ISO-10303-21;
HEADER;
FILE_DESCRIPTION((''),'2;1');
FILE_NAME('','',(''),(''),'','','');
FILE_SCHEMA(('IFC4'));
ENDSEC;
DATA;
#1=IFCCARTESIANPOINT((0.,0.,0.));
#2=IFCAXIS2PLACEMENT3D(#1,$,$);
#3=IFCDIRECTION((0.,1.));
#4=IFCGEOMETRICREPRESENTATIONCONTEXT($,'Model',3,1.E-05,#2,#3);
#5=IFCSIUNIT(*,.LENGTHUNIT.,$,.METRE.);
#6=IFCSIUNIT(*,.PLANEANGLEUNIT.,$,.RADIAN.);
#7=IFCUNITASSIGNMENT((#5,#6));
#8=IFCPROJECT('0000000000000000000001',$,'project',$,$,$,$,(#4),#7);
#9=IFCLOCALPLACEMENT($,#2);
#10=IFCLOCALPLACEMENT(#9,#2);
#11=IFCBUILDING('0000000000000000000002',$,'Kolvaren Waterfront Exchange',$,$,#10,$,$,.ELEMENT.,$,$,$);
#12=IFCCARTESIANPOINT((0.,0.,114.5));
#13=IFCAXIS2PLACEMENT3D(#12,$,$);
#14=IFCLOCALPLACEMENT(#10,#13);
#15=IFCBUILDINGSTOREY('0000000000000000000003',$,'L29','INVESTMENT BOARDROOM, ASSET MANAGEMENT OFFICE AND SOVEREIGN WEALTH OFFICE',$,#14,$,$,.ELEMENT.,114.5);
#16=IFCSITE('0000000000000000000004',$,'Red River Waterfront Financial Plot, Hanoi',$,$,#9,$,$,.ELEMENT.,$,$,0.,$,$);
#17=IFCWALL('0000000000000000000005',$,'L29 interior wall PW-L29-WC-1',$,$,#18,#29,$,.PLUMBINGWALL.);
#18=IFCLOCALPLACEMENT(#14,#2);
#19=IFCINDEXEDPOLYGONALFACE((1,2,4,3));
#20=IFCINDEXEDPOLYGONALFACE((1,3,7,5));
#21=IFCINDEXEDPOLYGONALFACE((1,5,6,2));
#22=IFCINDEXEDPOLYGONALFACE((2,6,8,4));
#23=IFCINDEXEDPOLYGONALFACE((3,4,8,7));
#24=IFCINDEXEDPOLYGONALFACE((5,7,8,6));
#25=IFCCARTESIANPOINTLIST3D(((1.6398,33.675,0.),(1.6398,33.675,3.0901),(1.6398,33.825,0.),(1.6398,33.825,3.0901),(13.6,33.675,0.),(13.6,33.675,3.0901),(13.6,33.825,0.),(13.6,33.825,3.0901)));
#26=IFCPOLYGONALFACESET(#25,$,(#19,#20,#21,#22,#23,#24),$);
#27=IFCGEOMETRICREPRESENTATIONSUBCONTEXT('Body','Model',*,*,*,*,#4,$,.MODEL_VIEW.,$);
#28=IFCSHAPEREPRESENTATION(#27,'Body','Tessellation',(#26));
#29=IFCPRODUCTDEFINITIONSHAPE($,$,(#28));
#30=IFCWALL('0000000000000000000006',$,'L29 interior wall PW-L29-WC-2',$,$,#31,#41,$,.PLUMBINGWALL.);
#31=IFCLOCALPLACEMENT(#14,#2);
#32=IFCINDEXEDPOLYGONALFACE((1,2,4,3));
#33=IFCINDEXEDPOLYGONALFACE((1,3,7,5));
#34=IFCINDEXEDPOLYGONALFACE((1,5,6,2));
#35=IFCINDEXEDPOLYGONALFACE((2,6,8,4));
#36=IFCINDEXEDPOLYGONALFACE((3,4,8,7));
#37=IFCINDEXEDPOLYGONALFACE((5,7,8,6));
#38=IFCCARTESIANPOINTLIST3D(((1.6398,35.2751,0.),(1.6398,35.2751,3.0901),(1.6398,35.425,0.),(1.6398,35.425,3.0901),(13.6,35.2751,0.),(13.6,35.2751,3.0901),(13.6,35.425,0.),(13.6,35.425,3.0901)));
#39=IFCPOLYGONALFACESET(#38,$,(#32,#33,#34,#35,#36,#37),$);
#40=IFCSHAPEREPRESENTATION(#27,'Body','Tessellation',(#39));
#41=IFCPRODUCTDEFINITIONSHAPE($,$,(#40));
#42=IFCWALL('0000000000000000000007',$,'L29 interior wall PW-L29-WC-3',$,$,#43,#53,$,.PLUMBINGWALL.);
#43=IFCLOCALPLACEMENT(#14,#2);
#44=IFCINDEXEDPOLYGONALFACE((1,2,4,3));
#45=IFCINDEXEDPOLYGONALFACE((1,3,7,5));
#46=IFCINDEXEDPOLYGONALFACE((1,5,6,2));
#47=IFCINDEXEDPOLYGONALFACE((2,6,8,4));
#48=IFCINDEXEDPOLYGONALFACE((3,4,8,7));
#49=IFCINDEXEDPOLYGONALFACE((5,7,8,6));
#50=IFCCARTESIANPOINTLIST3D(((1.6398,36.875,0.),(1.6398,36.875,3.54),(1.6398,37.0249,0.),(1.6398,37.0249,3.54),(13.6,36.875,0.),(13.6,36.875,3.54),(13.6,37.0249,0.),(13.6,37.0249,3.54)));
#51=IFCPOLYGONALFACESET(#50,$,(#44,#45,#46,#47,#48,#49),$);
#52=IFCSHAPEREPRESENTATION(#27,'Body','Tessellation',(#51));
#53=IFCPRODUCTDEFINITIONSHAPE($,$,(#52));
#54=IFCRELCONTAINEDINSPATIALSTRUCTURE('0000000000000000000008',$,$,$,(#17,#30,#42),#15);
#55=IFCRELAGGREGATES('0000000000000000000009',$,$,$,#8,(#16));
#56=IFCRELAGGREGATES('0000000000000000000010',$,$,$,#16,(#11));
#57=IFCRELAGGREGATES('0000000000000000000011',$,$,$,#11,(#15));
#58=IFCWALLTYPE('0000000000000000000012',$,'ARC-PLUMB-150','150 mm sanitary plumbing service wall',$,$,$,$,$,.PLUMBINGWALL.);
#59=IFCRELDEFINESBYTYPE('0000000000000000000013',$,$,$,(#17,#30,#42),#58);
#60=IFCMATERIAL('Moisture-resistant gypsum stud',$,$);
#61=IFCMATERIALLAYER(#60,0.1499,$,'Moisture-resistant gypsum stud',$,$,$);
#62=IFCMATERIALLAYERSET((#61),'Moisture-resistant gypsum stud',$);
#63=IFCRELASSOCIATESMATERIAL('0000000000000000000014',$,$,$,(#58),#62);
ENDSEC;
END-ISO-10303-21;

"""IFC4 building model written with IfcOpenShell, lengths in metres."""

from ifc_helpers import new_model, si_unit, direction, frame, frame_2d, origin, place, context, subcontext, project, spatial, rectangle, extrude, material, layer, layer_set, type_object, element, save


model = new_model("IFC4")

# Units and contexts
model_context = context("Model", 3, precision=1e-05, world=origin(), true_north=direction((0.0, 1.0)))
body_context = subcontext(model_context, "Body", "Model", "MODEL_VIEW")
ifc_project = project(units=[si_unit("LENGTHUNIT", "METRE"), si_unit("PLANEANGLEUNIT", "RADIAN")], contexts=[model_context])

# Site, building, storey
site_placement = place(None, origin())
site = spatial("IfcSite", under=ifc_project, at=site_placement, Name="Red River Waterfront Financial Plot, Hanoi", CompositionType="ELEMENT", RefElevation=0.0)
building_placement = place(site_placement, origin())
building = spatial("IfcBuilding", under=site, at=building_placement, Name="Kolvaren Waterfront Exchange", CompositionType="ELEMENT")
storey_placement = place(building_placement, frame((0.0, 0.0, 114.5)))
storey = spatial("IfcBuildingStorey", under=building, at=storey_placement, Name="L29", Description="INVESTMENT BOARDROOM, ASSET MANAGEMENT OFFICE AND SOVEREIGN WEALTH OFFICE", CompositionType="ELEMENT", Elevation=114.5)

# Shared definitions
ifc_material_1 = material(Name="Moisture-resistant gypsum stud")
ifc_layer_1 = layer(ifc_material_1, 0.1499, Name="Moisture-resistant gypsum stud")
ifc_layer_set_1 = layer_set([ifc_layer_1], Name="Moisture-resistant gypsum stud")
wall_type_1 = type_object("IfcWallType", Name="ARC-PLUMB-150", Description="150 mm sanitary plumbing service wall", PredefinedType="PLUMBINGWALL", material=ifc_layer_set_1)

# Walls
for number, where, z_axis, x_axis, name in (
    (1, (1.6399, 33.75, 0.0), (0.0, 0.0, 1.0), (1.0, 0.0, 0.0), "L29 interior wall PW-L29-WC-1"),
    (2, (1.6399, 35.3501, 0.0), (0.0, 0.0, 1.0), (1.0, 0.0, 0.0), "L29 interior wall PW-L29-WC-2"),
):
    element("IfcWall", number, at=place(storey_placement, frame(where, z_axis=z_axis, x_axis=x_axis)), inside=storey, type_object=wall_type_1, Name=name, PredefinedType="PLUMBINGWALL", context=body_context, shape_type="SweptSolid", body=[
        extrude(rectangle(XDim=11.9602, YDim=0.1499, at=frame_2d((5.98, 0.0))), origin(), (0.0, 0.0, 1.0), 3.0901),
    ])
wall_1_placement = place(storey_placement, frame((1.6399, 36.95, 0.0), z_axis=(0.0, 0.0, 1.0), x_axis=(1.0, 0.0, 0.0)))
element("IfcWall", 3, at=wall_1_placement, inside=storey, type_object=wall_type_1, Name="L29 interior wall PW-L29-WC-3", PredefinedType="PLUMBINGWALL", context=body_context, shape_type="SweptSolid", body=[
    extrude(rectangle(XDim=11.9602, YDim=0.1499, at=frame_2d((5.98, 0.0))), origin(), (0.0, 0.0, 1.0), 3.54),
])

save(model, "model.ifc")
